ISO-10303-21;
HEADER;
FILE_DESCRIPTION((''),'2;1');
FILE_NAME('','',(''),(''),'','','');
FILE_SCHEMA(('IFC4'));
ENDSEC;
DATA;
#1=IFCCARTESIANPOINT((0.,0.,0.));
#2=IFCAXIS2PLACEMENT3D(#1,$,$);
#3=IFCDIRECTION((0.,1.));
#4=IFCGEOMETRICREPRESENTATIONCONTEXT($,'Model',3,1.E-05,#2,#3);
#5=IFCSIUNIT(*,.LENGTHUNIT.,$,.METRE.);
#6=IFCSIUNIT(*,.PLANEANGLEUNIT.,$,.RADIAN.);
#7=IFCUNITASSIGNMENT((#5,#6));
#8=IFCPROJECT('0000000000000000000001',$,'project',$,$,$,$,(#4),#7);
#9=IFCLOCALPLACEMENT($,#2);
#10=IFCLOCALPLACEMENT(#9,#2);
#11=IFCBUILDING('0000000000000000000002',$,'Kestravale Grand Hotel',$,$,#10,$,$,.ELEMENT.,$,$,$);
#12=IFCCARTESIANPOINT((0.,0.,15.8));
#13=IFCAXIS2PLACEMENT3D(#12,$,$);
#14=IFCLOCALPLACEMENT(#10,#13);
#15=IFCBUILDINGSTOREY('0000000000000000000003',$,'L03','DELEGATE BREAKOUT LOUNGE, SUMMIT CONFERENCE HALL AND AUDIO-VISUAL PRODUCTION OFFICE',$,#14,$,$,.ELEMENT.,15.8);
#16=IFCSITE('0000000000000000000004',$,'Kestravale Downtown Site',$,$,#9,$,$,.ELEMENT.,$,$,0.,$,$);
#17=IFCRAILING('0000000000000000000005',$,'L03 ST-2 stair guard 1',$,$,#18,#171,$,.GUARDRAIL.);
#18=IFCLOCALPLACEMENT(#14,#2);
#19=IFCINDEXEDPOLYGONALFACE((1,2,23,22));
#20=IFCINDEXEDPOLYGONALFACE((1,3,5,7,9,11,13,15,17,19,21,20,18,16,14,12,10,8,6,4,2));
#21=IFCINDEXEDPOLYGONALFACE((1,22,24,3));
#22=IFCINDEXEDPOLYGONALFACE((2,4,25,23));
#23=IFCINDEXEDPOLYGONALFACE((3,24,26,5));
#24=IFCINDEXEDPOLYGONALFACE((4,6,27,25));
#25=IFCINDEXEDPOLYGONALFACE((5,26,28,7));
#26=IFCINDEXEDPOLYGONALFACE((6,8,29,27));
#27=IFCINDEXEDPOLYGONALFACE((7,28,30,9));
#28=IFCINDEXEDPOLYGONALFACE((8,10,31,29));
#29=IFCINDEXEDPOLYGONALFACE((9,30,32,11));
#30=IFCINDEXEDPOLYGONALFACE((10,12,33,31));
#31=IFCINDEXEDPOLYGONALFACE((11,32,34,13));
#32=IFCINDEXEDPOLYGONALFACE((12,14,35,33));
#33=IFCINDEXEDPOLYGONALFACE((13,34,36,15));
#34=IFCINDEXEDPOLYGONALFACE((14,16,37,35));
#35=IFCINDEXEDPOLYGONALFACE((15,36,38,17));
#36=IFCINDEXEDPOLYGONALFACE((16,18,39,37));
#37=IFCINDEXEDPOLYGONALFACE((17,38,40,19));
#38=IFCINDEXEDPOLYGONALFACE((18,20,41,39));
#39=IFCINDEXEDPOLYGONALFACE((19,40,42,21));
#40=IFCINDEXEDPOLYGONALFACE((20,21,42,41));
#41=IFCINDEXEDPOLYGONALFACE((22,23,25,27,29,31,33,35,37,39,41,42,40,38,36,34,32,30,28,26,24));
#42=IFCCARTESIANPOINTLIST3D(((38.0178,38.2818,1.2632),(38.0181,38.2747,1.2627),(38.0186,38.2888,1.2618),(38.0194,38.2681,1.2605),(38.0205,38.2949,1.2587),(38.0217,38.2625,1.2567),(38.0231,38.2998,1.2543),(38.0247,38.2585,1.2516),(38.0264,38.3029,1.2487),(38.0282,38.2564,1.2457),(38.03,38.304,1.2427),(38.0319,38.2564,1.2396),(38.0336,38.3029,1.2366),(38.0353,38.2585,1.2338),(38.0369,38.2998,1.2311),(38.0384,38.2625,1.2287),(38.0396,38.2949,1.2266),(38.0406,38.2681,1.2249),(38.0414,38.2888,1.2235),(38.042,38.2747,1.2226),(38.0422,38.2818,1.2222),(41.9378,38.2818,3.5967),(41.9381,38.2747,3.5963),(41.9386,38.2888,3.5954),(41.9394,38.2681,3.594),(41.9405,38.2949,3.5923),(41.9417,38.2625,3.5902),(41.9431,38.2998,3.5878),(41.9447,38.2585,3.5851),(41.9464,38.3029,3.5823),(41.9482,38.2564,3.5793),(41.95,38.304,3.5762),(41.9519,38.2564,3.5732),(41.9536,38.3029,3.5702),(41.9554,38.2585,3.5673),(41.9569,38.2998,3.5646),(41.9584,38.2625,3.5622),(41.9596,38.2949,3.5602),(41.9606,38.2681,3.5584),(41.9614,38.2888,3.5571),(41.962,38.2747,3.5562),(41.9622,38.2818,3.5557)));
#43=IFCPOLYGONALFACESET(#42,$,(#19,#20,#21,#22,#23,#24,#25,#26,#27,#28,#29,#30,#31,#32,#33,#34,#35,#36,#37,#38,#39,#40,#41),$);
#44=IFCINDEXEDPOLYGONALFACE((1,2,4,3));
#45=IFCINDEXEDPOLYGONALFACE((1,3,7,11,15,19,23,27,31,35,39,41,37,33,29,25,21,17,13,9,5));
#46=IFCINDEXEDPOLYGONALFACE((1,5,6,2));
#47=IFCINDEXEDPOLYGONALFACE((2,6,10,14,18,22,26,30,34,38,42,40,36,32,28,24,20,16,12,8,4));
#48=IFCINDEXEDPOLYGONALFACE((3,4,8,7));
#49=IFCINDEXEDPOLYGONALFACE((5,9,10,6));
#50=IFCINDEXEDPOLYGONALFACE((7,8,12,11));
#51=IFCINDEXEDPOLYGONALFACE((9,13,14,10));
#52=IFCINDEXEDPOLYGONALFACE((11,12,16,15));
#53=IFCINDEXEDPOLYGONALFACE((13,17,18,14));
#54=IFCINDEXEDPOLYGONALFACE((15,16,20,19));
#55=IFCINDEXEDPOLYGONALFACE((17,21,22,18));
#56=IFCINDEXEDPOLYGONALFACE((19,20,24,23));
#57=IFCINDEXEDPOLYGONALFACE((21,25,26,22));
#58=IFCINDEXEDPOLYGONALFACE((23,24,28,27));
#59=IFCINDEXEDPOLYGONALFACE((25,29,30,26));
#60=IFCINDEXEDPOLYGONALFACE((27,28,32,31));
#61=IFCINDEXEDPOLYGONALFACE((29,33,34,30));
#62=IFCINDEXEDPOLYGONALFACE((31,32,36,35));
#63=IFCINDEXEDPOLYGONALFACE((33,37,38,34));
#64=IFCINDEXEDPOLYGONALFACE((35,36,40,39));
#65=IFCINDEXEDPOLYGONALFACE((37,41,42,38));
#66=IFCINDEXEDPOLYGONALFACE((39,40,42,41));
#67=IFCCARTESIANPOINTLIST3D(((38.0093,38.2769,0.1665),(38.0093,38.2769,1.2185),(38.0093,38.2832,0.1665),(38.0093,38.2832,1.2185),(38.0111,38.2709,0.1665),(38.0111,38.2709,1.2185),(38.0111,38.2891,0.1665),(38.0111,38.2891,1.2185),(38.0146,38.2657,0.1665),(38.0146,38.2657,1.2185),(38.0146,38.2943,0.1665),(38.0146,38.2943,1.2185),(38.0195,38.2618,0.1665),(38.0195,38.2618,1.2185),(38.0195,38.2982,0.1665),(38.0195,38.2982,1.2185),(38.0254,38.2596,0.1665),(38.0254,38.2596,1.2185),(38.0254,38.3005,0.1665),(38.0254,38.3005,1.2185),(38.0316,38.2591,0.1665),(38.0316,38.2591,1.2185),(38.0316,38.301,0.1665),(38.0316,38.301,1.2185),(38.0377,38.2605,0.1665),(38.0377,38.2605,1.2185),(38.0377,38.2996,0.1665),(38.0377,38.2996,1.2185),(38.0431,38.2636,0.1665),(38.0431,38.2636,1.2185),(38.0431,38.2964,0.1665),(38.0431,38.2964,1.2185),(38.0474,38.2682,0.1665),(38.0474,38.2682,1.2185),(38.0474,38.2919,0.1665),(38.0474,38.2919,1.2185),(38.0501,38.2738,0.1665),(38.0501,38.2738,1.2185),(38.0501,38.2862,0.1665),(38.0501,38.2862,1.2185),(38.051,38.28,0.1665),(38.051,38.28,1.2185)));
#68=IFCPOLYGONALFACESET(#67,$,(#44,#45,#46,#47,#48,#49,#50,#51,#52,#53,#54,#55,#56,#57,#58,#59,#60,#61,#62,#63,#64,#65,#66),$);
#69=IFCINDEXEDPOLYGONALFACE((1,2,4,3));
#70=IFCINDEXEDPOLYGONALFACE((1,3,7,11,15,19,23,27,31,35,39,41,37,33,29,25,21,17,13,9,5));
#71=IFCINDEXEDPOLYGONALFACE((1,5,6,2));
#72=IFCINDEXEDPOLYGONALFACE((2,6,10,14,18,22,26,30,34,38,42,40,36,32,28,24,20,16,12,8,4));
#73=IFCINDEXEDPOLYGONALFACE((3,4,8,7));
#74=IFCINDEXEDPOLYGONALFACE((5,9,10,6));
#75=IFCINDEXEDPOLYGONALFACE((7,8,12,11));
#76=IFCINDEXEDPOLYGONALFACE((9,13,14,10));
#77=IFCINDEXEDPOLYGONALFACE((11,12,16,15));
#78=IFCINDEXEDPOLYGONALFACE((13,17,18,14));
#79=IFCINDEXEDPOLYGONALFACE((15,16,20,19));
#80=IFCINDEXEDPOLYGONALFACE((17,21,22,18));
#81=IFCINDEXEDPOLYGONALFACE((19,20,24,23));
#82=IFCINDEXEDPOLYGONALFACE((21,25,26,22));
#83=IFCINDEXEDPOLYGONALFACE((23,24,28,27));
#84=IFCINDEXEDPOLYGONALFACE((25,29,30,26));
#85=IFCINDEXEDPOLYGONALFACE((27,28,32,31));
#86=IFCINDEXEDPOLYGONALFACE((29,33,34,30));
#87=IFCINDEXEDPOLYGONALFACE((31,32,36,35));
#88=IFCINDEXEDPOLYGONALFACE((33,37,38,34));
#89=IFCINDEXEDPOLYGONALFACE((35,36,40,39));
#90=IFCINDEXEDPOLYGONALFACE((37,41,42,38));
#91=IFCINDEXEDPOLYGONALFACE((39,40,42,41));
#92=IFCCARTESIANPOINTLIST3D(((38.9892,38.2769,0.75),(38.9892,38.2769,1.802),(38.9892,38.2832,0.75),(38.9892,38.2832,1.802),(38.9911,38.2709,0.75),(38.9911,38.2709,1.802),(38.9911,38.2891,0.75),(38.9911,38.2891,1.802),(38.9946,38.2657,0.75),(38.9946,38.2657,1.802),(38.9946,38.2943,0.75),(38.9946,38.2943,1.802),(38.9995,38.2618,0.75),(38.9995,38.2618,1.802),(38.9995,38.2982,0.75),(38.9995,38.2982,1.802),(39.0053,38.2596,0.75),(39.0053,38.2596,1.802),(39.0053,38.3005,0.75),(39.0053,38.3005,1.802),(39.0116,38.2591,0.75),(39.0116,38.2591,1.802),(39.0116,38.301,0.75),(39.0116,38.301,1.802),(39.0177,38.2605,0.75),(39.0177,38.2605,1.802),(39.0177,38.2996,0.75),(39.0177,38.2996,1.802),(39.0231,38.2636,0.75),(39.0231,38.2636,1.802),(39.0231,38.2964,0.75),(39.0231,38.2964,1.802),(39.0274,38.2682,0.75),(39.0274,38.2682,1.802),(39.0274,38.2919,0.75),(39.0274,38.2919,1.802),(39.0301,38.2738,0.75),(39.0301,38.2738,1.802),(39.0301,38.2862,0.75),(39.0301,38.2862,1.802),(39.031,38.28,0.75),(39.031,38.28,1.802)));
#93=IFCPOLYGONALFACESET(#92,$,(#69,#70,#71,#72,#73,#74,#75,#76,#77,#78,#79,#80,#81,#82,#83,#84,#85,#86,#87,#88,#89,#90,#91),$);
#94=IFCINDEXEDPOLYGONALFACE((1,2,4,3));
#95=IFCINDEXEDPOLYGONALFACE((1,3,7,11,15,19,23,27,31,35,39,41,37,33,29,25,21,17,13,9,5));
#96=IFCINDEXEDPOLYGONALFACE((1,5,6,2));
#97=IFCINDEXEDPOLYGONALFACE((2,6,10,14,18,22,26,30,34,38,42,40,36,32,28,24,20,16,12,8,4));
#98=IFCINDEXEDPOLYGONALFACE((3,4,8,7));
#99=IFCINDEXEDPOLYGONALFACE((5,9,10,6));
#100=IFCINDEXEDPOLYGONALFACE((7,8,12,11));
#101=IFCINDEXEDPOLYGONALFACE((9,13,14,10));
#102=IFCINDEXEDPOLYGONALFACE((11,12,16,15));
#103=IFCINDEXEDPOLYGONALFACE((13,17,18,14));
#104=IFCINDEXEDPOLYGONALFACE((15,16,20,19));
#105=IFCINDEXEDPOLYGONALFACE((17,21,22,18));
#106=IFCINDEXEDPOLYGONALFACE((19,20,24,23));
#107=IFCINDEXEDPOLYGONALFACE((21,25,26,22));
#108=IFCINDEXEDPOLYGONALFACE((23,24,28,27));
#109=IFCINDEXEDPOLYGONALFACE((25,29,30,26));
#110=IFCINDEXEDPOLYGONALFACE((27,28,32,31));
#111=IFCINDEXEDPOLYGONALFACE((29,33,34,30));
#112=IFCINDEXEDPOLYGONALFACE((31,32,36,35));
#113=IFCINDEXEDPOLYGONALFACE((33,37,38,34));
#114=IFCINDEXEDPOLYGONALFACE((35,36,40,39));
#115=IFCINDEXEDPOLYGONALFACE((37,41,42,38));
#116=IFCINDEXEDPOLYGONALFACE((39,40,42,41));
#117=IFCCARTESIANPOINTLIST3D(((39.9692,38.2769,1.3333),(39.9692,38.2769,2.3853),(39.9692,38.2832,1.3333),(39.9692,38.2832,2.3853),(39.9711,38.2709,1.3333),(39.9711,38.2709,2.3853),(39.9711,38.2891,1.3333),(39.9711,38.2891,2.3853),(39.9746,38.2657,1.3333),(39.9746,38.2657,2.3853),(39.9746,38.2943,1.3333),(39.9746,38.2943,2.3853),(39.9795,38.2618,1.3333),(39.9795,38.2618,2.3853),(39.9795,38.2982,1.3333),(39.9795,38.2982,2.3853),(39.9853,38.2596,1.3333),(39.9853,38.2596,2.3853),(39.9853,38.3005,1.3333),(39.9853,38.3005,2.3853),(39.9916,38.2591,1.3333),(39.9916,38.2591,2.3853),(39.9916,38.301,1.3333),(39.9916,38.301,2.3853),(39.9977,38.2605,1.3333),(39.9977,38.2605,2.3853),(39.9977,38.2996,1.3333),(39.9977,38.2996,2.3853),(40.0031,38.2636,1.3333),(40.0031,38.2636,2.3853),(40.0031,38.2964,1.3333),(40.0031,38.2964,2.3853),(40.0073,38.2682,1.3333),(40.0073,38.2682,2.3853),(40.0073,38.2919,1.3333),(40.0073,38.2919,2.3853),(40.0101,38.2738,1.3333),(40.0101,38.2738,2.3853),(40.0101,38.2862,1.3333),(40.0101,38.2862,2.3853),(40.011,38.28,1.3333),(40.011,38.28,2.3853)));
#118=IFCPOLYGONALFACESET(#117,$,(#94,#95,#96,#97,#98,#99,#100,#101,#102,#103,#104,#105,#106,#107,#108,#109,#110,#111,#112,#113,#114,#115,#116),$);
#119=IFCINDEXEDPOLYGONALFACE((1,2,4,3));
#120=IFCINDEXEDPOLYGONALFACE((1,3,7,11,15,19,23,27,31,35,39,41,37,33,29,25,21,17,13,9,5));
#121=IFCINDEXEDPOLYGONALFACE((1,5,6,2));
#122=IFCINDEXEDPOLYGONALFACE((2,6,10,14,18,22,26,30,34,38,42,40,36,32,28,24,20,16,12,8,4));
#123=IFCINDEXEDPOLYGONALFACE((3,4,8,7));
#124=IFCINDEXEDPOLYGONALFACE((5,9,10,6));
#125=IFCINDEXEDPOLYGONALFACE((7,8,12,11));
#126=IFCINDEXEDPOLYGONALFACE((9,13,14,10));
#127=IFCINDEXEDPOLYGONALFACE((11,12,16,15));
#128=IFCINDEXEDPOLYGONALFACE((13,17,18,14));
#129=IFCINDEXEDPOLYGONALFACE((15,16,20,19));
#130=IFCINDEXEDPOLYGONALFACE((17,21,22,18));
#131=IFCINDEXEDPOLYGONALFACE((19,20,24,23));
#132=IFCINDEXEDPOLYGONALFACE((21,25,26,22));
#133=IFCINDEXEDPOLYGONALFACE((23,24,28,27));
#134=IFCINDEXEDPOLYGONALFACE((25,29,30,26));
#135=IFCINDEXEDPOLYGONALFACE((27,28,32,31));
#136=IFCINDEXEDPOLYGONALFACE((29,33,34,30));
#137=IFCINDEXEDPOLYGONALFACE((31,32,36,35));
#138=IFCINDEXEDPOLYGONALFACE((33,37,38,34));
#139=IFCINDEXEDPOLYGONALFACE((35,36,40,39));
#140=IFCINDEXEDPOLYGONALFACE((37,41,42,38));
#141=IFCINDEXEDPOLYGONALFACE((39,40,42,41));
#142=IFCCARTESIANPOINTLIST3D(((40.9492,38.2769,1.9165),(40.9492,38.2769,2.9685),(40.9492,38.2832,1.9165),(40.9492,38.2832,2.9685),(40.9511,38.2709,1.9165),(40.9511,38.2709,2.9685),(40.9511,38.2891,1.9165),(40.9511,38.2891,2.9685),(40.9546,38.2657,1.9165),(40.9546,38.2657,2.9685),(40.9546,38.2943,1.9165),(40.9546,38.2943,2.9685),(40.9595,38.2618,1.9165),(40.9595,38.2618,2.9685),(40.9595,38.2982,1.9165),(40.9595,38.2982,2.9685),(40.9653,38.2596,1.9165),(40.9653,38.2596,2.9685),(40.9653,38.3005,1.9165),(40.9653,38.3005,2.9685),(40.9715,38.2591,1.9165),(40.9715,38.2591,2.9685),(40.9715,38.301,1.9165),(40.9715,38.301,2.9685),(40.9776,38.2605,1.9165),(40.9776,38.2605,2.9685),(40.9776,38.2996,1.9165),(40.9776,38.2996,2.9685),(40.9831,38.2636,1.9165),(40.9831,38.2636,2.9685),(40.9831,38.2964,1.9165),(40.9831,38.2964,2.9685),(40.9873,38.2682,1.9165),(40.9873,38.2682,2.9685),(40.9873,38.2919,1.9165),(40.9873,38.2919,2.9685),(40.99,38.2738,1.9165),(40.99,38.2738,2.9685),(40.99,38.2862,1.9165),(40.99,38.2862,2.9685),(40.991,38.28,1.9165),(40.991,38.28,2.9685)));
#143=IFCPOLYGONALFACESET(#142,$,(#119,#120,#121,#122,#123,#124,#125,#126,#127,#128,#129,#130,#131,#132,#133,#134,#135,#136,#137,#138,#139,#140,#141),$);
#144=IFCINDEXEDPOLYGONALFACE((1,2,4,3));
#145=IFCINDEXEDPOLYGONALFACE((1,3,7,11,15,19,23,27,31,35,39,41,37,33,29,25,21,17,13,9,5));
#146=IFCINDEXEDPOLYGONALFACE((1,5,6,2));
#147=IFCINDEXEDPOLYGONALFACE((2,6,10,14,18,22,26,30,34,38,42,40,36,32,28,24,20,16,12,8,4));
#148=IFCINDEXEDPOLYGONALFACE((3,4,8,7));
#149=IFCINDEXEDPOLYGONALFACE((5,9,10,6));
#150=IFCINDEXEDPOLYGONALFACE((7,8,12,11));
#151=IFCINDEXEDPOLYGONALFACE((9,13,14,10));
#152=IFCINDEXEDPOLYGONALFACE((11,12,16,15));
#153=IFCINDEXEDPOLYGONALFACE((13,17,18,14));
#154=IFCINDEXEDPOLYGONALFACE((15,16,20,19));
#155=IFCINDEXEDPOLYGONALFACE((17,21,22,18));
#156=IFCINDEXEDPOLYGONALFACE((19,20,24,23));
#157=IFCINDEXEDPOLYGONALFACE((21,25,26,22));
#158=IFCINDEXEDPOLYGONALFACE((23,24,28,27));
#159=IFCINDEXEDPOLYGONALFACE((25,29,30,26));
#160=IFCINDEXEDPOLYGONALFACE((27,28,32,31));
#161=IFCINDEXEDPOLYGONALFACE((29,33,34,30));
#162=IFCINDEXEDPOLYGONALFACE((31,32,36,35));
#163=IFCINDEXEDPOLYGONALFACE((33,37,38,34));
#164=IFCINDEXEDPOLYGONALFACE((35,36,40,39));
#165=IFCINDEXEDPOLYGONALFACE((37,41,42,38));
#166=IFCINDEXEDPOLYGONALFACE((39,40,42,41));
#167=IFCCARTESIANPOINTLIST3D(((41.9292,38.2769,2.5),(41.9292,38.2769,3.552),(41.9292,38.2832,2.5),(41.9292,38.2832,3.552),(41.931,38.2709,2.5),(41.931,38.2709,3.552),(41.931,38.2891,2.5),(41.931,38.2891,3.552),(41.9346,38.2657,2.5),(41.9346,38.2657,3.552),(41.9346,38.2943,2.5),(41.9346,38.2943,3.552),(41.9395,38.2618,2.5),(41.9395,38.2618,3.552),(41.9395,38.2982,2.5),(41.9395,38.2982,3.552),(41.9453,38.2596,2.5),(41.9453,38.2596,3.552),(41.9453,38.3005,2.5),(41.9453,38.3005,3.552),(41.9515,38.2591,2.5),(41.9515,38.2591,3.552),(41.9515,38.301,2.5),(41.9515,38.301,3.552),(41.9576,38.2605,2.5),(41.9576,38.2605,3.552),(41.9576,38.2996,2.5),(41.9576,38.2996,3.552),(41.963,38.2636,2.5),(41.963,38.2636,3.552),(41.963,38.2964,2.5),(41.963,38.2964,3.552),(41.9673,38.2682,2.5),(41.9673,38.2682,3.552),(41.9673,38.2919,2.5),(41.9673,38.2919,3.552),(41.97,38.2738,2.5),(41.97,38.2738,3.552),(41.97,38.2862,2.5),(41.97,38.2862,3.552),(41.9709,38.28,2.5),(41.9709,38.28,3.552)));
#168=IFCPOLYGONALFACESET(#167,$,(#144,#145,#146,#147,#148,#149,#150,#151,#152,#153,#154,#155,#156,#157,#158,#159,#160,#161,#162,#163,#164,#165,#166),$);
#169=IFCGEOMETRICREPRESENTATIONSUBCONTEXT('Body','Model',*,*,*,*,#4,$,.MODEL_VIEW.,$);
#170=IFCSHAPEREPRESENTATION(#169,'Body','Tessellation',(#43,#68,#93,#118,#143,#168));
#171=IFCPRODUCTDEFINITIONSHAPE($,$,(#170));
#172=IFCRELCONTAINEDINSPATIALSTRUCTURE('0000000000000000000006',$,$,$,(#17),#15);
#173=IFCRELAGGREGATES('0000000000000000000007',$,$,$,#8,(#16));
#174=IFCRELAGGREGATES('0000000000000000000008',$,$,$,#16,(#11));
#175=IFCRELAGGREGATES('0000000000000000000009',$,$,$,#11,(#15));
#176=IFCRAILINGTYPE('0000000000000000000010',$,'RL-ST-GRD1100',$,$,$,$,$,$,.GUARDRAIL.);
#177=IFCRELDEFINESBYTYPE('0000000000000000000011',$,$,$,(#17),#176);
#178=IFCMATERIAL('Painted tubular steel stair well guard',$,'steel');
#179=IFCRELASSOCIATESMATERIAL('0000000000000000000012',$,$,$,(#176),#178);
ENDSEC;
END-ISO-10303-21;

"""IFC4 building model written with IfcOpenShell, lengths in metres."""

from ifc_helpers import new_model, si_unit, direction, frame, origin, origin_2d, place, context, subcontext, project, spatial, circle, extrude, material, type_object, element, save


model = new_model("IFC4")

# Units and contexts
model_context = context("Model", 3, precision=1e-05, world=origin(), true_north=direction((0.0, 1.0)))
body_context = subcontext(model_context, "Body", "Model", "MODEL_VIEW")
ifc_project = project(units=[si_unit("LENGTHUNIT", "METRE"), si_unit("PLANEANGLEUNIT", "RADIAN")], contexts=[model_context])

# Site, building, storey
site_placement = place(None, origin())
site = spatial("IfcSite", under=ifc_project, at=site_placement, Name="Kestravale Downtown Site", CompositionType="ELEMENT", RefElevation=0.0)
building_placement = place(site_placement, origin())
building = spatial("IfcBuilding", under=site, at=building_placement, Name="Kestravale Grand Hotel", CompositionType="ELEMENT")
storey_placement = place(building_placement, frame((0.0, 0.0, 15.8)))
storey = spatial("IfcBuildingStorey", under=building, at=storey_placement, Name="L03", Description="DELEGATE BREAKOUT LOUNGE, SUMMIT CONFERENCE HALL AND AUDIO-VISUAL PRODUCTION OFFICE", CompositionType="ELEMENT", Elevation=15.8)

# Railing
ifc_material_1 = material(Name="Painted tubular steel stair well guard", Category="steel")
railing_type_1 = type_object("IfcRailingType", Name="RL-ST-GRD1100", PredefinedType="GUARDRAIL", material=ifc_material_1)
railing_1_placement = place(storey_placement, frame((38.03, 38.28, 0.1665)))
element("IfcRailing", 1, at=railing_1_placement, inside=storey, type_object=railing_type_1, Name="L03 ST-2 stair guard 1", PredefinedType="GUARDRAIL", context=body_context, shape_type="SweptSolid", body=[
    extrude(circle(Radius=0.0239, at=origin_2d()), frame((0.0, 0.0, 1.0762), z_axis=(0.859273, 0.0, 0.511518), x_axis=(0.0, 1.0, 0.0)), (0.0, 0.0, 1.0), 4.562),
    extrude(circle(Radius=0.021, at=origin_2d()), origin(), (0.0, 0.0, 1.0), 1.052),
    extrude(circle(Radius=0.021, at=origin_2d()), frame((0.98, 0.0, 0.5835)), (0.0, 0.0, 1.0), 1.052),
    extrude(circle(Radius=0.021, at=origin_2d()), frame((1.96, 0.0, 1.1667)), (0.0, 0.0, 1.0), 1.052),
    extrude(circle(Radius=0.021, at=origin_2d()), frame((2.9399, 0.0, 1.75)), (0.0, 0.0, 1.0), 1.052),
    extrude(circle(Radius=0.021, at=origin_2d()), frame((3.9199, 0.0, 2.3335)), (0.0, 0.0, 1.0), 1.052),
])

save(model, "model.ifc")
